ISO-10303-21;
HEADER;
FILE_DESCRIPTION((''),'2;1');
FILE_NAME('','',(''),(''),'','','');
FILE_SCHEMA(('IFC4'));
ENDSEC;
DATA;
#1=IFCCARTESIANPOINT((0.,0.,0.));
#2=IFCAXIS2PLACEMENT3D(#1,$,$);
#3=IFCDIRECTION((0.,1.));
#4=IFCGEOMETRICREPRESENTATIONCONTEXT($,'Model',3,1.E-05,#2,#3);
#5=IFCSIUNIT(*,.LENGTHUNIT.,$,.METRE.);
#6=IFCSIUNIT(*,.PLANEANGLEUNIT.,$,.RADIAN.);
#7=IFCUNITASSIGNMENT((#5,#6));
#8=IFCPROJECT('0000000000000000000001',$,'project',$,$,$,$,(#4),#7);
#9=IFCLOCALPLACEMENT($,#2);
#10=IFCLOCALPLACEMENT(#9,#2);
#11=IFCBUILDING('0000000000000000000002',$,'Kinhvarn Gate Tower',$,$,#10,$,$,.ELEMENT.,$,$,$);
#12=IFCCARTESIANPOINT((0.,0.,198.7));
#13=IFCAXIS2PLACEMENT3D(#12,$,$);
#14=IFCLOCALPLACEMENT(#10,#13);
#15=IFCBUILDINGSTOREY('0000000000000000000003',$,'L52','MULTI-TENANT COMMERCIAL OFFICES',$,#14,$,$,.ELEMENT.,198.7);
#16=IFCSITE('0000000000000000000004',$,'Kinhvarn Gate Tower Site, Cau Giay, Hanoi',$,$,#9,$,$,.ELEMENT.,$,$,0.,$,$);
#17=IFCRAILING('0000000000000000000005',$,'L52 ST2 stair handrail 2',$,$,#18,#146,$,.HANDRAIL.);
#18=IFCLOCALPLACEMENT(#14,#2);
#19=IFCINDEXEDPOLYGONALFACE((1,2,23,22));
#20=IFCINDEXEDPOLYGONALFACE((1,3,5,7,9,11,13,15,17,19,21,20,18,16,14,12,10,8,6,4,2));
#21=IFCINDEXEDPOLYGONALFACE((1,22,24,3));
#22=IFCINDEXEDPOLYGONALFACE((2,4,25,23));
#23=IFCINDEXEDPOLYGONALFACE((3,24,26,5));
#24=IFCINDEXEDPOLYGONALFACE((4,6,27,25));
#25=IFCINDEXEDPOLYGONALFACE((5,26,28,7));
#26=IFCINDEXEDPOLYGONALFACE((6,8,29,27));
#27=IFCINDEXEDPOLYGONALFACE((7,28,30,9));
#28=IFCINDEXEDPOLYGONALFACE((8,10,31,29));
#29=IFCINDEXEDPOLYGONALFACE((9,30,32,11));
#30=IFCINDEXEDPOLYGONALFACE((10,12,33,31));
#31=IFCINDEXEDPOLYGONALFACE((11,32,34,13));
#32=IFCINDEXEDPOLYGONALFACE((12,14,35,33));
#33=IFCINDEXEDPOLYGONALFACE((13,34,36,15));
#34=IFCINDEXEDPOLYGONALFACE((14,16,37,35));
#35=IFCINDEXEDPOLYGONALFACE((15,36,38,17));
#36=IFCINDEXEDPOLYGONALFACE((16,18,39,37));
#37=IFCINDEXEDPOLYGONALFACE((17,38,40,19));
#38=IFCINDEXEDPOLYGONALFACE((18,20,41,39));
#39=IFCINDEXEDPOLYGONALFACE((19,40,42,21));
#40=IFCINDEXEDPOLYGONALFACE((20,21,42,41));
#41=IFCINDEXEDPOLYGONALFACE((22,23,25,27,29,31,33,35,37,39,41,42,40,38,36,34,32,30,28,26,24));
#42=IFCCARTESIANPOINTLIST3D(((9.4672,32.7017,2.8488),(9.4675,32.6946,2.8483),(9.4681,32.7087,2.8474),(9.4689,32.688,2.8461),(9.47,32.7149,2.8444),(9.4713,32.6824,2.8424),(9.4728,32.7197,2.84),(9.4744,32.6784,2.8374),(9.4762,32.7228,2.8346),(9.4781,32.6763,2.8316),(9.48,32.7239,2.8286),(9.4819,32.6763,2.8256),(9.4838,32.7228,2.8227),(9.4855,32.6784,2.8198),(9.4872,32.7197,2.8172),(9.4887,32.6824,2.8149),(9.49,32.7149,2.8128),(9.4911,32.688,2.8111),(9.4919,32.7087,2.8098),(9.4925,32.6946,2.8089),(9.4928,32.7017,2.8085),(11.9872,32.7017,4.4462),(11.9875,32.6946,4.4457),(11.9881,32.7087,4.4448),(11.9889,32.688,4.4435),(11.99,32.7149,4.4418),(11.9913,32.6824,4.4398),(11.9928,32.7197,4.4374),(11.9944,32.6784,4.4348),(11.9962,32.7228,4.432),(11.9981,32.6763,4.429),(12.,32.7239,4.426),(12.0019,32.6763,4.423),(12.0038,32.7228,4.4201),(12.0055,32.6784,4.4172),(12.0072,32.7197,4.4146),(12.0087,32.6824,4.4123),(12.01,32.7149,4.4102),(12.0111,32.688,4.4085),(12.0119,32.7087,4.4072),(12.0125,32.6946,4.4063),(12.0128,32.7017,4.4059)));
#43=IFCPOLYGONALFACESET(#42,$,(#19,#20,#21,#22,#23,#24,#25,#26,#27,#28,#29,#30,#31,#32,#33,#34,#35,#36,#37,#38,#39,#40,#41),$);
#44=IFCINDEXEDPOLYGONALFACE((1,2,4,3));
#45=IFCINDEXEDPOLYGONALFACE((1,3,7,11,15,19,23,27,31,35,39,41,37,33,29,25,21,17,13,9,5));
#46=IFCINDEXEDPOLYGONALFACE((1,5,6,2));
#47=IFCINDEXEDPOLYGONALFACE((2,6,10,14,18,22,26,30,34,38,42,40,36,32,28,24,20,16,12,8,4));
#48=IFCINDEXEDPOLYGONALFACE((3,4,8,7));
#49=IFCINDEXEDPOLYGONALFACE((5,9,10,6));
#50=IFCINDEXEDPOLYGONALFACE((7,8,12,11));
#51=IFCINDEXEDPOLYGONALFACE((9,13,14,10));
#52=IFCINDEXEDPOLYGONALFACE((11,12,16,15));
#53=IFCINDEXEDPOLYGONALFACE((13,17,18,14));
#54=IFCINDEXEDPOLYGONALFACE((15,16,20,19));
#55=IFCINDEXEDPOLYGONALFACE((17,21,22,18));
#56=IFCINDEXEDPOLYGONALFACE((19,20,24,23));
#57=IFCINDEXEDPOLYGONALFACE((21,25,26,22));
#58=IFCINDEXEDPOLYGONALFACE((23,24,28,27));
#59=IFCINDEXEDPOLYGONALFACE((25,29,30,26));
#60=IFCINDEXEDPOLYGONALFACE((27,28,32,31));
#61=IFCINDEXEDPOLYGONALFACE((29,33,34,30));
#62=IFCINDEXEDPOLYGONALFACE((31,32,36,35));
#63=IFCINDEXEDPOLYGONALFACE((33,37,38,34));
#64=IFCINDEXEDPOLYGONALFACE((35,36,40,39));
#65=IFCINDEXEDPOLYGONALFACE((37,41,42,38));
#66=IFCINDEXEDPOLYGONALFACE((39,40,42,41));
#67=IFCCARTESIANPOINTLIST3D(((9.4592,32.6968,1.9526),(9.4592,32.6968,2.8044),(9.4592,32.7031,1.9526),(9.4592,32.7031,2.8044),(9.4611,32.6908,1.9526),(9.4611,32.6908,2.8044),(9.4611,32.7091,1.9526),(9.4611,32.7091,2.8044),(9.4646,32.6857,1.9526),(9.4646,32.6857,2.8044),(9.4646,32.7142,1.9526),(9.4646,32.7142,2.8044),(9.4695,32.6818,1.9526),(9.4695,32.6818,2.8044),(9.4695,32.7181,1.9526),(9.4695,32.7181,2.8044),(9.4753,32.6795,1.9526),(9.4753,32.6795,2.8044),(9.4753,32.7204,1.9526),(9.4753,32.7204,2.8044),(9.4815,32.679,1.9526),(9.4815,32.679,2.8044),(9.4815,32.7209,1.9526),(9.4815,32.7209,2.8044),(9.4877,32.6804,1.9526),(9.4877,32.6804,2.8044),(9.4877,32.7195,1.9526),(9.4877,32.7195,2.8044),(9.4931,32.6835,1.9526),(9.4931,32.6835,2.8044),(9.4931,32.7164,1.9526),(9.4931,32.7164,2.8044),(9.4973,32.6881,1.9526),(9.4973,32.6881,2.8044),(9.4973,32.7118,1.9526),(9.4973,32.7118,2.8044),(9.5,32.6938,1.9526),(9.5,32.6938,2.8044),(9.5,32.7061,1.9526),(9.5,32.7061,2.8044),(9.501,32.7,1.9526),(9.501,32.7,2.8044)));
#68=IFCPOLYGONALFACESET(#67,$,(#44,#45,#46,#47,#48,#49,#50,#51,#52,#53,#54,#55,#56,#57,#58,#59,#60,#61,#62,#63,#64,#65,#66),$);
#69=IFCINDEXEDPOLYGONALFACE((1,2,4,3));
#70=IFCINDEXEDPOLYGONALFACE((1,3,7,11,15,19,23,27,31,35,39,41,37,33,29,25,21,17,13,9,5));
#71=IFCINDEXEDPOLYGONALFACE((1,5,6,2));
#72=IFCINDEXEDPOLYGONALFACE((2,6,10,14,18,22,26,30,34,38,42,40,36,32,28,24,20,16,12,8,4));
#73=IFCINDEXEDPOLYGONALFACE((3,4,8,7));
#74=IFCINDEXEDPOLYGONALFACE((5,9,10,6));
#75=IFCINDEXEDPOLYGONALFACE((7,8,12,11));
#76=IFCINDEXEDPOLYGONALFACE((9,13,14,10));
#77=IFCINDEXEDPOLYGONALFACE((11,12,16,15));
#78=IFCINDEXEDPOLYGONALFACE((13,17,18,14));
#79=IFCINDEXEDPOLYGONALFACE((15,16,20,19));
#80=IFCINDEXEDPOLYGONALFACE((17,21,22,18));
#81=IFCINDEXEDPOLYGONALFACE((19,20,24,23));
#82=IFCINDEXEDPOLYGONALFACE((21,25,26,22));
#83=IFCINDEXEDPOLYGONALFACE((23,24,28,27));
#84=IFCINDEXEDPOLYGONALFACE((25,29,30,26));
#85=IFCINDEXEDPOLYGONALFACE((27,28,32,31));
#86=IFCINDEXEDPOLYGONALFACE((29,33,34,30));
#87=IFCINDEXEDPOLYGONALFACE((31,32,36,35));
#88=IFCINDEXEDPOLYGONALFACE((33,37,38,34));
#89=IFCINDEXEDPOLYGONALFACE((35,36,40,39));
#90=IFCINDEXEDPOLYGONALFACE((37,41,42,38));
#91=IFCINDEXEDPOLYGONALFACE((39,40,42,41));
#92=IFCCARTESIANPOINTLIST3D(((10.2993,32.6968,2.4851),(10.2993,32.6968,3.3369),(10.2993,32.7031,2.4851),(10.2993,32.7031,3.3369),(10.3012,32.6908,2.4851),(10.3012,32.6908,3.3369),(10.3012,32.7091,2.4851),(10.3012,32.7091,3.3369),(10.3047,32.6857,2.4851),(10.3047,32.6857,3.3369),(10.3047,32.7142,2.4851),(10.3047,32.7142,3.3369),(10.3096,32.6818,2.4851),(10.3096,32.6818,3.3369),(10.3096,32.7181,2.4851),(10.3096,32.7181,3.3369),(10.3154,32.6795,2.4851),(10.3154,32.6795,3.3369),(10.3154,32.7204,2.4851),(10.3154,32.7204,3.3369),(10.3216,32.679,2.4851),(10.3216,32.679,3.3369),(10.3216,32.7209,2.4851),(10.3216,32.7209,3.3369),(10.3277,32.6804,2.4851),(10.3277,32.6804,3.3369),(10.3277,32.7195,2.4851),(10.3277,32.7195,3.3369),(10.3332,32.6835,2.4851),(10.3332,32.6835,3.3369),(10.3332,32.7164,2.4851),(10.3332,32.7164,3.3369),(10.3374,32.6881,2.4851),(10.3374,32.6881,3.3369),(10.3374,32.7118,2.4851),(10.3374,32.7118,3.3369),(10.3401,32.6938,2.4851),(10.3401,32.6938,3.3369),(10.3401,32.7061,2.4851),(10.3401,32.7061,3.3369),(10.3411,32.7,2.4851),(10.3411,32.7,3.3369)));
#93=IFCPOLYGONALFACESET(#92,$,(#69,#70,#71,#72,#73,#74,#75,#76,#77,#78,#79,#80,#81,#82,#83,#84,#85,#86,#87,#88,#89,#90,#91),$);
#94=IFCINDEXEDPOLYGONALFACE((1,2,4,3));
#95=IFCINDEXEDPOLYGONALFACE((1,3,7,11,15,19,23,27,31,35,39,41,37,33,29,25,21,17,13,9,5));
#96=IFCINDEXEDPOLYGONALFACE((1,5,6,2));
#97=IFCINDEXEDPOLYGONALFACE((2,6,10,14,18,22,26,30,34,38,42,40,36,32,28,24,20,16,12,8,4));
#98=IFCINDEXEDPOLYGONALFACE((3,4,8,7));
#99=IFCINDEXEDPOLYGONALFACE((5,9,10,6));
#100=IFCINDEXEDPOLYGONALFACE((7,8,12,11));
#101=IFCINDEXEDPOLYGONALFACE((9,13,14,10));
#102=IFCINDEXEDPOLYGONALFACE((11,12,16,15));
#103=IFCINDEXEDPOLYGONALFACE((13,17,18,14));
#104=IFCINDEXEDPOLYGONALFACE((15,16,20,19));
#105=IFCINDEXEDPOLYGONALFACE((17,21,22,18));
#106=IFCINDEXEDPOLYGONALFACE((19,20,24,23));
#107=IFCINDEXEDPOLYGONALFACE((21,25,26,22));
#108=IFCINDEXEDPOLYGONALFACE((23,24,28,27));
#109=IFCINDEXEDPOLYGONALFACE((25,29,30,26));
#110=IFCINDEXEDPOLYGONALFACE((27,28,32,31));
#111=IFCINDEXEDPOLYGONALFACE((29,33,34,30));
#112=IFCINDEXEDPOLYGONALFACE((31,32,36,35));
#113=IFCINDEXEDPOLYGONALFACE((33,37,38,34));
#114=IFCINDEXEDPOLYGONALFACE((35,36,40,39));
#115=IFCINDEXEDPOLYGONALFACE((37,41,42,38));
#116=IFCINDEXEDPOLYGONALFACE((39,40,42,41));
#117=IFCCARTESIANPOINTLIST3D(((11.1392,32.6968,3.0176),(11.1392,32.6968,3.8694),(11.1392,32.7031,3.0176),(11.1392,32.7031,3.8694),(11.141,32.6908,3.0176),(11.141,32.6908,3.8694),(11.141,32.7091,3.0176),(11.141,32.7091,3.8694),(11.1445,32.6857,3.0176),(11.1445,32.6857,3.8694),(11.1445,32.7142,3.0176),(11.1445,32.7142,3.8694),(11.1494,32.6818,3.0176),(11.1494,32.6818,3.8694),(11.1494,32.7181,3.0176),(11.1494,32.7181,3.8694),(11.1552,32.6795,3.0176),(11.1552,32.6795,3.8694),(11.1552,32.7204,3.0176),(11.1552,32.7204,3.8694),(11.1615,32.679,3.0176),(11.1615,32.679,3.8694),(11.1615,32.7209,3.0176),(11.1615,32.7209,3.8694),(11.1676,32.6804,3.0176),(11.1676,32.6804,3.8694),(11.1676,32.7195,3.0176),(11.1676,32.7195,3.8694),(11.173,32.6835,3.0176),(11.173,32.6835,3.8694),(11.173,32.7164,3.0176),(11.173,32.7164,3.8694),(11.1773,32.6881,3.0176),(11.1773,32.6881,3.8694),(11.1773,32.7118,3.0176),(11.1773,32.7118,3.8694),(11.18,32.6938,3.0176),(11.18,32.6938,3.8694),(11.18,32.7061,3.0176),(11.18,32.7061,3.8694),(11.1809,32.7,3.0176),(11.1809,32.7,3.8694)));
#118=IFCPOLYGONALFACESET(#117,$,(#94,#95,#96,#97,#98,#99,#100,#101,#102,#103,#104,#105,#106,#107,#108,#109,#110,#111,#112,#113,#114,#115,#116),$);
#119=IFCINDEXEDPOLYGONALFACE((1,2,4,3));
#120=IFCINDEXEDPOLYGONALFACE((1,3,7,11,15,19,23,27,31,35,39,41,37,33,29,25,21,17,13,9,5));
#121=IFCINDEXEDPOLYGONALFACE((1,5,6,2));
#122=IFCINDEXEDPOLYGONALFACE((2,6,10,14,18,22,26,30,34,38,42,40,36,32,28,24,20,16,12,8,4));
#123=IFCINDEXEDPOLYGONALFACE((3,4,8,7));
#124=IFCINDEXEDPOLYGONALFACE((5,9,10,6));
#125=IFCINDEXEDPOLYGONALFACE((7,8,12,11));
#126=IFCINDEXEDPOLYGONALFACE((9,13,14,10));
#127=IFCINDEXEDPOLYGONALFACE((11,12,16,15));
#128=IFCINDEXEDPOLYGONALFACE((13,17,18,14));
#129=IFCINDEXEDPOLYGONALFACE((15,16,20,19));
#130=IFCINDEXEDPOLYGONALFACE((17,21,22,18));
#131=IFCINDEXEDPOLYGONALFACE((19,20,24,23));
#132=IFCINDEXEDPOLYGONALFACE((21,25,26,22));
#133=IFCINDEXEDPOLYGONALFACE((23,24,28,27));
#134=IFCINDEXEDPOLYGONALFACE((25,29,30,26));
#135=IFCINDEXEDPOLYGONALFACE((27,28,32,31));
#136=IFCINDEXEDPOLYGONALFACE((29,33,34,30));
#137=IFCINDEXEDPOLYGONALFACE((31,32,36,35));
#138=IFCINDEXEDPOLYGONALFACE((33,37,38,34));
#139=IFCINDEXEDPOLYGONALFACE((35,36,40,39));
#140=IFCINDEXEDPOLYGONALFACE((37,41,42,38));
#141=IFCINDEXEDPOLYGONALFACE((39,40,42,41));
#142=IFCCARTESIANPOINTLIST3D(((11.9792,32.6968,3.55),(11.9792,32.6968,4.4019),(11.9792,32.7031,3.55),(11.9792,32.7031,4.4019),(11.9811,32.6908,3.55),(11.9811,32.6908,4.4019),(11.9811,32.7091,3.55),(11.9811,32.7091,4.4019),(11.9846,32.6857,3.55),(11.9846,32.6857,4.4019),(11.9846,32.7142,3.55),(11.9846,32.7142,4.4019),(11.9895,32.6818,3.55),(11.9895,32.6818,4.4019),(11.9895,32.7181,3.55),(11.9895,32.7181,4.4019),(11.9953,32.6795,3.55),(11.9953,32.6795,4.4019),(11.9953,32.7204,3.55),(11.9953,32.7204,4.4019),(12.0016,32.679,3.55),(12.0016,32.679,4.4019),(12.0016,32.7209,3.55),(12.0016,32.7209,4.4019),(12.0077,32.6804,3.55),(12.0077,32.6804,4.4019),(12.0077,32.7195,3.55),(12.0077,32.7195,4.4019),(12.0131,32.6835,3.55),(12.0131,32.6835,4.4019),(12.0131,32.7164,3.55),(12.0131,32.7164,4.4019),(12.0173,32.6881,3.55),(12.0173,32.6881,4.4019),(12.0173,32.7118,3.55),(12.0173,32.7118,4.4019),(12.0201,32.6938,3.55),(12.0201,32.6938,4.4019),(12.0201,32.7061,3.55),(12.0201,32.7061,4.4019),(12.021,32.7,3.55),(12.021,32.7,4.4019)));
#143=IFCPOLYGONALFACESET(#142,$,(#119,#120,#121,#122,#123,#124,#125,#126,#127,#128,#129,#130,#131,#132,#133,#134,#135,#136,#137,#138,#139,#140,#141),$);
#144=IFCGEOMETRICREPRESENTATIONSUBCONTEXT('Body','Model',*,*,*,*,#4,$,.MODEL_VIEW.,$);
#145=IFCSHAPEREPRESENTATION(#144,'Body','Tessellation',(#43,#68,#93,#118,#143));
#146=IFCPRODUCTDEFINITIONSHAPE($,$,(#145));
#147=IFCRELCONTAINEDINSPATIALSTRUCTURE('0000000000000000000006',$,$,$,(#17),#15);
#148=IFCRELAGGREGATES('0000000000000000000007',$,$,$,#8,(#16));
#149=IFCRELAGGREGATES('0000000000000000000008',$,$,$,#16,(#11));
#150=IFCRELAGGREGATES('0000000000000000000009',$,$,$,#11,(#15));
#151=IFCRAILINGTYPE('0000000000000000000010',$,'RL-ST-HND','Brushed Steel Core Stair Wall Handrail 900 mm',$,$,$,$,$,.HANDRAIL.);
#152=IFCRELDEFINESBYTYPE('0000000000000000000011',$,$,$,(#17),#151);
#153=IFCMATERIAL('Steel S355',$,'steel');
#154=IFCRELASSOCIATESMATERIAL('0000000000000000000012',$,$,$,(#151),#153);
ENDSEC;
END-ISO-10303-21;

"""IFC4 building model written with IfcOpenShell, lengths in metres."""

from ifc_helpers import new_model, si_unit, direction, frame, origin, origin_2d, place, context, subcontext, project, spatial, circle, extrude, material, type_object, element, save


model = new_model("IFC4")

# Units and contexts
model_context = context("Model", 3, precision=1e-05, world=origin(), true_north=direction((0.0, 1.0)))
body_context = subcontext(model_context, "Body", "Model", "MODEL_VIEW")
ifc_project = project(units=[si_unit("LENGTHUNIT", "METRE"), si_unit("PLANEANGLEUNIT", "RADIAN")], contexts=[model_context])

# Site, building, storey
site_placement = place(None, origin())
site = spatial("IfcSite", under=ifc_project, at=site_placement, Name="Kinhvarn Gate Tower Site, Cau Giay, Hanoi", CompositionType="ELEMENT", RefElevation=0.0)
building_placement = place(site_placement, origin())
building = spatial("IfcBuilding", under=site, at=building_placement, Name="Kinhvarn Gate Tower", CompositionType="ELEMENT")
storey_placement = place(building_placement, frame((0.0, 0.0, 198.7)))
storey = spatial("IfcBuildingStorey", under=building, at=storey_placement, Name="L52", Description="MULTI-TENANT COMMERCIAL OFFICES", CompositionType="ELEMENT", Elevation=198.7)

# Railing
ifc_material_1 = material(Name="Steel S355", Category="steel")
railing_type_1 = type_object("IfcRailingType", Name="RL-ST-HND", Description="Brushed Steel Core Stair Wall Handrail 900 mm", PredefinedType="HANDRAIL", material=ifc_material_1)
railing_1_placement = place(storey_placement, frame((9.48, 32.7, 1.9526)))
element("IfcRailing", 1, at=railing_1_placement, inside=storey, type_object=railing_type_1, Name="L52 ST2 stair handrail 2", PredefinedType="HANDRAIL", context=body_context, shape_type="SweptSolid", body=[
    extrude(circle(Radius=0.0239, at=origin_2d()), frame((0.0, 0.0, 0.876), z_axis=(0.844607, 0.0, 0.535387), x_axis=(0.0, 1.0, 0.0)), (0.0, 0.0, 1.0), 2.9836),
    extrude(circle(Radius=0.021, at=origin_2d()), origin(), (0.0, 0.0, 1.0), 0.8518),
    extrude(circle(Radius=0.021, at=origin_2d()), frame((0.8401, 0.0, 0.5325)), (0.0, 0.0, 1.0), 0.8518),
    extrude(circle(Radius=0.021, at=origin_2d()), frame((1.6799, 0.0, 1.0649)), (0.0, 0.0, 1.0), 0.8518),
    extrude(circle(Radius=0.021, at=origin_2d()), frame((2.52, 0.0, 1.5974)), (0.0, 0.0, 1.0), 0.8518),
])

save(model, "model.ifc")
